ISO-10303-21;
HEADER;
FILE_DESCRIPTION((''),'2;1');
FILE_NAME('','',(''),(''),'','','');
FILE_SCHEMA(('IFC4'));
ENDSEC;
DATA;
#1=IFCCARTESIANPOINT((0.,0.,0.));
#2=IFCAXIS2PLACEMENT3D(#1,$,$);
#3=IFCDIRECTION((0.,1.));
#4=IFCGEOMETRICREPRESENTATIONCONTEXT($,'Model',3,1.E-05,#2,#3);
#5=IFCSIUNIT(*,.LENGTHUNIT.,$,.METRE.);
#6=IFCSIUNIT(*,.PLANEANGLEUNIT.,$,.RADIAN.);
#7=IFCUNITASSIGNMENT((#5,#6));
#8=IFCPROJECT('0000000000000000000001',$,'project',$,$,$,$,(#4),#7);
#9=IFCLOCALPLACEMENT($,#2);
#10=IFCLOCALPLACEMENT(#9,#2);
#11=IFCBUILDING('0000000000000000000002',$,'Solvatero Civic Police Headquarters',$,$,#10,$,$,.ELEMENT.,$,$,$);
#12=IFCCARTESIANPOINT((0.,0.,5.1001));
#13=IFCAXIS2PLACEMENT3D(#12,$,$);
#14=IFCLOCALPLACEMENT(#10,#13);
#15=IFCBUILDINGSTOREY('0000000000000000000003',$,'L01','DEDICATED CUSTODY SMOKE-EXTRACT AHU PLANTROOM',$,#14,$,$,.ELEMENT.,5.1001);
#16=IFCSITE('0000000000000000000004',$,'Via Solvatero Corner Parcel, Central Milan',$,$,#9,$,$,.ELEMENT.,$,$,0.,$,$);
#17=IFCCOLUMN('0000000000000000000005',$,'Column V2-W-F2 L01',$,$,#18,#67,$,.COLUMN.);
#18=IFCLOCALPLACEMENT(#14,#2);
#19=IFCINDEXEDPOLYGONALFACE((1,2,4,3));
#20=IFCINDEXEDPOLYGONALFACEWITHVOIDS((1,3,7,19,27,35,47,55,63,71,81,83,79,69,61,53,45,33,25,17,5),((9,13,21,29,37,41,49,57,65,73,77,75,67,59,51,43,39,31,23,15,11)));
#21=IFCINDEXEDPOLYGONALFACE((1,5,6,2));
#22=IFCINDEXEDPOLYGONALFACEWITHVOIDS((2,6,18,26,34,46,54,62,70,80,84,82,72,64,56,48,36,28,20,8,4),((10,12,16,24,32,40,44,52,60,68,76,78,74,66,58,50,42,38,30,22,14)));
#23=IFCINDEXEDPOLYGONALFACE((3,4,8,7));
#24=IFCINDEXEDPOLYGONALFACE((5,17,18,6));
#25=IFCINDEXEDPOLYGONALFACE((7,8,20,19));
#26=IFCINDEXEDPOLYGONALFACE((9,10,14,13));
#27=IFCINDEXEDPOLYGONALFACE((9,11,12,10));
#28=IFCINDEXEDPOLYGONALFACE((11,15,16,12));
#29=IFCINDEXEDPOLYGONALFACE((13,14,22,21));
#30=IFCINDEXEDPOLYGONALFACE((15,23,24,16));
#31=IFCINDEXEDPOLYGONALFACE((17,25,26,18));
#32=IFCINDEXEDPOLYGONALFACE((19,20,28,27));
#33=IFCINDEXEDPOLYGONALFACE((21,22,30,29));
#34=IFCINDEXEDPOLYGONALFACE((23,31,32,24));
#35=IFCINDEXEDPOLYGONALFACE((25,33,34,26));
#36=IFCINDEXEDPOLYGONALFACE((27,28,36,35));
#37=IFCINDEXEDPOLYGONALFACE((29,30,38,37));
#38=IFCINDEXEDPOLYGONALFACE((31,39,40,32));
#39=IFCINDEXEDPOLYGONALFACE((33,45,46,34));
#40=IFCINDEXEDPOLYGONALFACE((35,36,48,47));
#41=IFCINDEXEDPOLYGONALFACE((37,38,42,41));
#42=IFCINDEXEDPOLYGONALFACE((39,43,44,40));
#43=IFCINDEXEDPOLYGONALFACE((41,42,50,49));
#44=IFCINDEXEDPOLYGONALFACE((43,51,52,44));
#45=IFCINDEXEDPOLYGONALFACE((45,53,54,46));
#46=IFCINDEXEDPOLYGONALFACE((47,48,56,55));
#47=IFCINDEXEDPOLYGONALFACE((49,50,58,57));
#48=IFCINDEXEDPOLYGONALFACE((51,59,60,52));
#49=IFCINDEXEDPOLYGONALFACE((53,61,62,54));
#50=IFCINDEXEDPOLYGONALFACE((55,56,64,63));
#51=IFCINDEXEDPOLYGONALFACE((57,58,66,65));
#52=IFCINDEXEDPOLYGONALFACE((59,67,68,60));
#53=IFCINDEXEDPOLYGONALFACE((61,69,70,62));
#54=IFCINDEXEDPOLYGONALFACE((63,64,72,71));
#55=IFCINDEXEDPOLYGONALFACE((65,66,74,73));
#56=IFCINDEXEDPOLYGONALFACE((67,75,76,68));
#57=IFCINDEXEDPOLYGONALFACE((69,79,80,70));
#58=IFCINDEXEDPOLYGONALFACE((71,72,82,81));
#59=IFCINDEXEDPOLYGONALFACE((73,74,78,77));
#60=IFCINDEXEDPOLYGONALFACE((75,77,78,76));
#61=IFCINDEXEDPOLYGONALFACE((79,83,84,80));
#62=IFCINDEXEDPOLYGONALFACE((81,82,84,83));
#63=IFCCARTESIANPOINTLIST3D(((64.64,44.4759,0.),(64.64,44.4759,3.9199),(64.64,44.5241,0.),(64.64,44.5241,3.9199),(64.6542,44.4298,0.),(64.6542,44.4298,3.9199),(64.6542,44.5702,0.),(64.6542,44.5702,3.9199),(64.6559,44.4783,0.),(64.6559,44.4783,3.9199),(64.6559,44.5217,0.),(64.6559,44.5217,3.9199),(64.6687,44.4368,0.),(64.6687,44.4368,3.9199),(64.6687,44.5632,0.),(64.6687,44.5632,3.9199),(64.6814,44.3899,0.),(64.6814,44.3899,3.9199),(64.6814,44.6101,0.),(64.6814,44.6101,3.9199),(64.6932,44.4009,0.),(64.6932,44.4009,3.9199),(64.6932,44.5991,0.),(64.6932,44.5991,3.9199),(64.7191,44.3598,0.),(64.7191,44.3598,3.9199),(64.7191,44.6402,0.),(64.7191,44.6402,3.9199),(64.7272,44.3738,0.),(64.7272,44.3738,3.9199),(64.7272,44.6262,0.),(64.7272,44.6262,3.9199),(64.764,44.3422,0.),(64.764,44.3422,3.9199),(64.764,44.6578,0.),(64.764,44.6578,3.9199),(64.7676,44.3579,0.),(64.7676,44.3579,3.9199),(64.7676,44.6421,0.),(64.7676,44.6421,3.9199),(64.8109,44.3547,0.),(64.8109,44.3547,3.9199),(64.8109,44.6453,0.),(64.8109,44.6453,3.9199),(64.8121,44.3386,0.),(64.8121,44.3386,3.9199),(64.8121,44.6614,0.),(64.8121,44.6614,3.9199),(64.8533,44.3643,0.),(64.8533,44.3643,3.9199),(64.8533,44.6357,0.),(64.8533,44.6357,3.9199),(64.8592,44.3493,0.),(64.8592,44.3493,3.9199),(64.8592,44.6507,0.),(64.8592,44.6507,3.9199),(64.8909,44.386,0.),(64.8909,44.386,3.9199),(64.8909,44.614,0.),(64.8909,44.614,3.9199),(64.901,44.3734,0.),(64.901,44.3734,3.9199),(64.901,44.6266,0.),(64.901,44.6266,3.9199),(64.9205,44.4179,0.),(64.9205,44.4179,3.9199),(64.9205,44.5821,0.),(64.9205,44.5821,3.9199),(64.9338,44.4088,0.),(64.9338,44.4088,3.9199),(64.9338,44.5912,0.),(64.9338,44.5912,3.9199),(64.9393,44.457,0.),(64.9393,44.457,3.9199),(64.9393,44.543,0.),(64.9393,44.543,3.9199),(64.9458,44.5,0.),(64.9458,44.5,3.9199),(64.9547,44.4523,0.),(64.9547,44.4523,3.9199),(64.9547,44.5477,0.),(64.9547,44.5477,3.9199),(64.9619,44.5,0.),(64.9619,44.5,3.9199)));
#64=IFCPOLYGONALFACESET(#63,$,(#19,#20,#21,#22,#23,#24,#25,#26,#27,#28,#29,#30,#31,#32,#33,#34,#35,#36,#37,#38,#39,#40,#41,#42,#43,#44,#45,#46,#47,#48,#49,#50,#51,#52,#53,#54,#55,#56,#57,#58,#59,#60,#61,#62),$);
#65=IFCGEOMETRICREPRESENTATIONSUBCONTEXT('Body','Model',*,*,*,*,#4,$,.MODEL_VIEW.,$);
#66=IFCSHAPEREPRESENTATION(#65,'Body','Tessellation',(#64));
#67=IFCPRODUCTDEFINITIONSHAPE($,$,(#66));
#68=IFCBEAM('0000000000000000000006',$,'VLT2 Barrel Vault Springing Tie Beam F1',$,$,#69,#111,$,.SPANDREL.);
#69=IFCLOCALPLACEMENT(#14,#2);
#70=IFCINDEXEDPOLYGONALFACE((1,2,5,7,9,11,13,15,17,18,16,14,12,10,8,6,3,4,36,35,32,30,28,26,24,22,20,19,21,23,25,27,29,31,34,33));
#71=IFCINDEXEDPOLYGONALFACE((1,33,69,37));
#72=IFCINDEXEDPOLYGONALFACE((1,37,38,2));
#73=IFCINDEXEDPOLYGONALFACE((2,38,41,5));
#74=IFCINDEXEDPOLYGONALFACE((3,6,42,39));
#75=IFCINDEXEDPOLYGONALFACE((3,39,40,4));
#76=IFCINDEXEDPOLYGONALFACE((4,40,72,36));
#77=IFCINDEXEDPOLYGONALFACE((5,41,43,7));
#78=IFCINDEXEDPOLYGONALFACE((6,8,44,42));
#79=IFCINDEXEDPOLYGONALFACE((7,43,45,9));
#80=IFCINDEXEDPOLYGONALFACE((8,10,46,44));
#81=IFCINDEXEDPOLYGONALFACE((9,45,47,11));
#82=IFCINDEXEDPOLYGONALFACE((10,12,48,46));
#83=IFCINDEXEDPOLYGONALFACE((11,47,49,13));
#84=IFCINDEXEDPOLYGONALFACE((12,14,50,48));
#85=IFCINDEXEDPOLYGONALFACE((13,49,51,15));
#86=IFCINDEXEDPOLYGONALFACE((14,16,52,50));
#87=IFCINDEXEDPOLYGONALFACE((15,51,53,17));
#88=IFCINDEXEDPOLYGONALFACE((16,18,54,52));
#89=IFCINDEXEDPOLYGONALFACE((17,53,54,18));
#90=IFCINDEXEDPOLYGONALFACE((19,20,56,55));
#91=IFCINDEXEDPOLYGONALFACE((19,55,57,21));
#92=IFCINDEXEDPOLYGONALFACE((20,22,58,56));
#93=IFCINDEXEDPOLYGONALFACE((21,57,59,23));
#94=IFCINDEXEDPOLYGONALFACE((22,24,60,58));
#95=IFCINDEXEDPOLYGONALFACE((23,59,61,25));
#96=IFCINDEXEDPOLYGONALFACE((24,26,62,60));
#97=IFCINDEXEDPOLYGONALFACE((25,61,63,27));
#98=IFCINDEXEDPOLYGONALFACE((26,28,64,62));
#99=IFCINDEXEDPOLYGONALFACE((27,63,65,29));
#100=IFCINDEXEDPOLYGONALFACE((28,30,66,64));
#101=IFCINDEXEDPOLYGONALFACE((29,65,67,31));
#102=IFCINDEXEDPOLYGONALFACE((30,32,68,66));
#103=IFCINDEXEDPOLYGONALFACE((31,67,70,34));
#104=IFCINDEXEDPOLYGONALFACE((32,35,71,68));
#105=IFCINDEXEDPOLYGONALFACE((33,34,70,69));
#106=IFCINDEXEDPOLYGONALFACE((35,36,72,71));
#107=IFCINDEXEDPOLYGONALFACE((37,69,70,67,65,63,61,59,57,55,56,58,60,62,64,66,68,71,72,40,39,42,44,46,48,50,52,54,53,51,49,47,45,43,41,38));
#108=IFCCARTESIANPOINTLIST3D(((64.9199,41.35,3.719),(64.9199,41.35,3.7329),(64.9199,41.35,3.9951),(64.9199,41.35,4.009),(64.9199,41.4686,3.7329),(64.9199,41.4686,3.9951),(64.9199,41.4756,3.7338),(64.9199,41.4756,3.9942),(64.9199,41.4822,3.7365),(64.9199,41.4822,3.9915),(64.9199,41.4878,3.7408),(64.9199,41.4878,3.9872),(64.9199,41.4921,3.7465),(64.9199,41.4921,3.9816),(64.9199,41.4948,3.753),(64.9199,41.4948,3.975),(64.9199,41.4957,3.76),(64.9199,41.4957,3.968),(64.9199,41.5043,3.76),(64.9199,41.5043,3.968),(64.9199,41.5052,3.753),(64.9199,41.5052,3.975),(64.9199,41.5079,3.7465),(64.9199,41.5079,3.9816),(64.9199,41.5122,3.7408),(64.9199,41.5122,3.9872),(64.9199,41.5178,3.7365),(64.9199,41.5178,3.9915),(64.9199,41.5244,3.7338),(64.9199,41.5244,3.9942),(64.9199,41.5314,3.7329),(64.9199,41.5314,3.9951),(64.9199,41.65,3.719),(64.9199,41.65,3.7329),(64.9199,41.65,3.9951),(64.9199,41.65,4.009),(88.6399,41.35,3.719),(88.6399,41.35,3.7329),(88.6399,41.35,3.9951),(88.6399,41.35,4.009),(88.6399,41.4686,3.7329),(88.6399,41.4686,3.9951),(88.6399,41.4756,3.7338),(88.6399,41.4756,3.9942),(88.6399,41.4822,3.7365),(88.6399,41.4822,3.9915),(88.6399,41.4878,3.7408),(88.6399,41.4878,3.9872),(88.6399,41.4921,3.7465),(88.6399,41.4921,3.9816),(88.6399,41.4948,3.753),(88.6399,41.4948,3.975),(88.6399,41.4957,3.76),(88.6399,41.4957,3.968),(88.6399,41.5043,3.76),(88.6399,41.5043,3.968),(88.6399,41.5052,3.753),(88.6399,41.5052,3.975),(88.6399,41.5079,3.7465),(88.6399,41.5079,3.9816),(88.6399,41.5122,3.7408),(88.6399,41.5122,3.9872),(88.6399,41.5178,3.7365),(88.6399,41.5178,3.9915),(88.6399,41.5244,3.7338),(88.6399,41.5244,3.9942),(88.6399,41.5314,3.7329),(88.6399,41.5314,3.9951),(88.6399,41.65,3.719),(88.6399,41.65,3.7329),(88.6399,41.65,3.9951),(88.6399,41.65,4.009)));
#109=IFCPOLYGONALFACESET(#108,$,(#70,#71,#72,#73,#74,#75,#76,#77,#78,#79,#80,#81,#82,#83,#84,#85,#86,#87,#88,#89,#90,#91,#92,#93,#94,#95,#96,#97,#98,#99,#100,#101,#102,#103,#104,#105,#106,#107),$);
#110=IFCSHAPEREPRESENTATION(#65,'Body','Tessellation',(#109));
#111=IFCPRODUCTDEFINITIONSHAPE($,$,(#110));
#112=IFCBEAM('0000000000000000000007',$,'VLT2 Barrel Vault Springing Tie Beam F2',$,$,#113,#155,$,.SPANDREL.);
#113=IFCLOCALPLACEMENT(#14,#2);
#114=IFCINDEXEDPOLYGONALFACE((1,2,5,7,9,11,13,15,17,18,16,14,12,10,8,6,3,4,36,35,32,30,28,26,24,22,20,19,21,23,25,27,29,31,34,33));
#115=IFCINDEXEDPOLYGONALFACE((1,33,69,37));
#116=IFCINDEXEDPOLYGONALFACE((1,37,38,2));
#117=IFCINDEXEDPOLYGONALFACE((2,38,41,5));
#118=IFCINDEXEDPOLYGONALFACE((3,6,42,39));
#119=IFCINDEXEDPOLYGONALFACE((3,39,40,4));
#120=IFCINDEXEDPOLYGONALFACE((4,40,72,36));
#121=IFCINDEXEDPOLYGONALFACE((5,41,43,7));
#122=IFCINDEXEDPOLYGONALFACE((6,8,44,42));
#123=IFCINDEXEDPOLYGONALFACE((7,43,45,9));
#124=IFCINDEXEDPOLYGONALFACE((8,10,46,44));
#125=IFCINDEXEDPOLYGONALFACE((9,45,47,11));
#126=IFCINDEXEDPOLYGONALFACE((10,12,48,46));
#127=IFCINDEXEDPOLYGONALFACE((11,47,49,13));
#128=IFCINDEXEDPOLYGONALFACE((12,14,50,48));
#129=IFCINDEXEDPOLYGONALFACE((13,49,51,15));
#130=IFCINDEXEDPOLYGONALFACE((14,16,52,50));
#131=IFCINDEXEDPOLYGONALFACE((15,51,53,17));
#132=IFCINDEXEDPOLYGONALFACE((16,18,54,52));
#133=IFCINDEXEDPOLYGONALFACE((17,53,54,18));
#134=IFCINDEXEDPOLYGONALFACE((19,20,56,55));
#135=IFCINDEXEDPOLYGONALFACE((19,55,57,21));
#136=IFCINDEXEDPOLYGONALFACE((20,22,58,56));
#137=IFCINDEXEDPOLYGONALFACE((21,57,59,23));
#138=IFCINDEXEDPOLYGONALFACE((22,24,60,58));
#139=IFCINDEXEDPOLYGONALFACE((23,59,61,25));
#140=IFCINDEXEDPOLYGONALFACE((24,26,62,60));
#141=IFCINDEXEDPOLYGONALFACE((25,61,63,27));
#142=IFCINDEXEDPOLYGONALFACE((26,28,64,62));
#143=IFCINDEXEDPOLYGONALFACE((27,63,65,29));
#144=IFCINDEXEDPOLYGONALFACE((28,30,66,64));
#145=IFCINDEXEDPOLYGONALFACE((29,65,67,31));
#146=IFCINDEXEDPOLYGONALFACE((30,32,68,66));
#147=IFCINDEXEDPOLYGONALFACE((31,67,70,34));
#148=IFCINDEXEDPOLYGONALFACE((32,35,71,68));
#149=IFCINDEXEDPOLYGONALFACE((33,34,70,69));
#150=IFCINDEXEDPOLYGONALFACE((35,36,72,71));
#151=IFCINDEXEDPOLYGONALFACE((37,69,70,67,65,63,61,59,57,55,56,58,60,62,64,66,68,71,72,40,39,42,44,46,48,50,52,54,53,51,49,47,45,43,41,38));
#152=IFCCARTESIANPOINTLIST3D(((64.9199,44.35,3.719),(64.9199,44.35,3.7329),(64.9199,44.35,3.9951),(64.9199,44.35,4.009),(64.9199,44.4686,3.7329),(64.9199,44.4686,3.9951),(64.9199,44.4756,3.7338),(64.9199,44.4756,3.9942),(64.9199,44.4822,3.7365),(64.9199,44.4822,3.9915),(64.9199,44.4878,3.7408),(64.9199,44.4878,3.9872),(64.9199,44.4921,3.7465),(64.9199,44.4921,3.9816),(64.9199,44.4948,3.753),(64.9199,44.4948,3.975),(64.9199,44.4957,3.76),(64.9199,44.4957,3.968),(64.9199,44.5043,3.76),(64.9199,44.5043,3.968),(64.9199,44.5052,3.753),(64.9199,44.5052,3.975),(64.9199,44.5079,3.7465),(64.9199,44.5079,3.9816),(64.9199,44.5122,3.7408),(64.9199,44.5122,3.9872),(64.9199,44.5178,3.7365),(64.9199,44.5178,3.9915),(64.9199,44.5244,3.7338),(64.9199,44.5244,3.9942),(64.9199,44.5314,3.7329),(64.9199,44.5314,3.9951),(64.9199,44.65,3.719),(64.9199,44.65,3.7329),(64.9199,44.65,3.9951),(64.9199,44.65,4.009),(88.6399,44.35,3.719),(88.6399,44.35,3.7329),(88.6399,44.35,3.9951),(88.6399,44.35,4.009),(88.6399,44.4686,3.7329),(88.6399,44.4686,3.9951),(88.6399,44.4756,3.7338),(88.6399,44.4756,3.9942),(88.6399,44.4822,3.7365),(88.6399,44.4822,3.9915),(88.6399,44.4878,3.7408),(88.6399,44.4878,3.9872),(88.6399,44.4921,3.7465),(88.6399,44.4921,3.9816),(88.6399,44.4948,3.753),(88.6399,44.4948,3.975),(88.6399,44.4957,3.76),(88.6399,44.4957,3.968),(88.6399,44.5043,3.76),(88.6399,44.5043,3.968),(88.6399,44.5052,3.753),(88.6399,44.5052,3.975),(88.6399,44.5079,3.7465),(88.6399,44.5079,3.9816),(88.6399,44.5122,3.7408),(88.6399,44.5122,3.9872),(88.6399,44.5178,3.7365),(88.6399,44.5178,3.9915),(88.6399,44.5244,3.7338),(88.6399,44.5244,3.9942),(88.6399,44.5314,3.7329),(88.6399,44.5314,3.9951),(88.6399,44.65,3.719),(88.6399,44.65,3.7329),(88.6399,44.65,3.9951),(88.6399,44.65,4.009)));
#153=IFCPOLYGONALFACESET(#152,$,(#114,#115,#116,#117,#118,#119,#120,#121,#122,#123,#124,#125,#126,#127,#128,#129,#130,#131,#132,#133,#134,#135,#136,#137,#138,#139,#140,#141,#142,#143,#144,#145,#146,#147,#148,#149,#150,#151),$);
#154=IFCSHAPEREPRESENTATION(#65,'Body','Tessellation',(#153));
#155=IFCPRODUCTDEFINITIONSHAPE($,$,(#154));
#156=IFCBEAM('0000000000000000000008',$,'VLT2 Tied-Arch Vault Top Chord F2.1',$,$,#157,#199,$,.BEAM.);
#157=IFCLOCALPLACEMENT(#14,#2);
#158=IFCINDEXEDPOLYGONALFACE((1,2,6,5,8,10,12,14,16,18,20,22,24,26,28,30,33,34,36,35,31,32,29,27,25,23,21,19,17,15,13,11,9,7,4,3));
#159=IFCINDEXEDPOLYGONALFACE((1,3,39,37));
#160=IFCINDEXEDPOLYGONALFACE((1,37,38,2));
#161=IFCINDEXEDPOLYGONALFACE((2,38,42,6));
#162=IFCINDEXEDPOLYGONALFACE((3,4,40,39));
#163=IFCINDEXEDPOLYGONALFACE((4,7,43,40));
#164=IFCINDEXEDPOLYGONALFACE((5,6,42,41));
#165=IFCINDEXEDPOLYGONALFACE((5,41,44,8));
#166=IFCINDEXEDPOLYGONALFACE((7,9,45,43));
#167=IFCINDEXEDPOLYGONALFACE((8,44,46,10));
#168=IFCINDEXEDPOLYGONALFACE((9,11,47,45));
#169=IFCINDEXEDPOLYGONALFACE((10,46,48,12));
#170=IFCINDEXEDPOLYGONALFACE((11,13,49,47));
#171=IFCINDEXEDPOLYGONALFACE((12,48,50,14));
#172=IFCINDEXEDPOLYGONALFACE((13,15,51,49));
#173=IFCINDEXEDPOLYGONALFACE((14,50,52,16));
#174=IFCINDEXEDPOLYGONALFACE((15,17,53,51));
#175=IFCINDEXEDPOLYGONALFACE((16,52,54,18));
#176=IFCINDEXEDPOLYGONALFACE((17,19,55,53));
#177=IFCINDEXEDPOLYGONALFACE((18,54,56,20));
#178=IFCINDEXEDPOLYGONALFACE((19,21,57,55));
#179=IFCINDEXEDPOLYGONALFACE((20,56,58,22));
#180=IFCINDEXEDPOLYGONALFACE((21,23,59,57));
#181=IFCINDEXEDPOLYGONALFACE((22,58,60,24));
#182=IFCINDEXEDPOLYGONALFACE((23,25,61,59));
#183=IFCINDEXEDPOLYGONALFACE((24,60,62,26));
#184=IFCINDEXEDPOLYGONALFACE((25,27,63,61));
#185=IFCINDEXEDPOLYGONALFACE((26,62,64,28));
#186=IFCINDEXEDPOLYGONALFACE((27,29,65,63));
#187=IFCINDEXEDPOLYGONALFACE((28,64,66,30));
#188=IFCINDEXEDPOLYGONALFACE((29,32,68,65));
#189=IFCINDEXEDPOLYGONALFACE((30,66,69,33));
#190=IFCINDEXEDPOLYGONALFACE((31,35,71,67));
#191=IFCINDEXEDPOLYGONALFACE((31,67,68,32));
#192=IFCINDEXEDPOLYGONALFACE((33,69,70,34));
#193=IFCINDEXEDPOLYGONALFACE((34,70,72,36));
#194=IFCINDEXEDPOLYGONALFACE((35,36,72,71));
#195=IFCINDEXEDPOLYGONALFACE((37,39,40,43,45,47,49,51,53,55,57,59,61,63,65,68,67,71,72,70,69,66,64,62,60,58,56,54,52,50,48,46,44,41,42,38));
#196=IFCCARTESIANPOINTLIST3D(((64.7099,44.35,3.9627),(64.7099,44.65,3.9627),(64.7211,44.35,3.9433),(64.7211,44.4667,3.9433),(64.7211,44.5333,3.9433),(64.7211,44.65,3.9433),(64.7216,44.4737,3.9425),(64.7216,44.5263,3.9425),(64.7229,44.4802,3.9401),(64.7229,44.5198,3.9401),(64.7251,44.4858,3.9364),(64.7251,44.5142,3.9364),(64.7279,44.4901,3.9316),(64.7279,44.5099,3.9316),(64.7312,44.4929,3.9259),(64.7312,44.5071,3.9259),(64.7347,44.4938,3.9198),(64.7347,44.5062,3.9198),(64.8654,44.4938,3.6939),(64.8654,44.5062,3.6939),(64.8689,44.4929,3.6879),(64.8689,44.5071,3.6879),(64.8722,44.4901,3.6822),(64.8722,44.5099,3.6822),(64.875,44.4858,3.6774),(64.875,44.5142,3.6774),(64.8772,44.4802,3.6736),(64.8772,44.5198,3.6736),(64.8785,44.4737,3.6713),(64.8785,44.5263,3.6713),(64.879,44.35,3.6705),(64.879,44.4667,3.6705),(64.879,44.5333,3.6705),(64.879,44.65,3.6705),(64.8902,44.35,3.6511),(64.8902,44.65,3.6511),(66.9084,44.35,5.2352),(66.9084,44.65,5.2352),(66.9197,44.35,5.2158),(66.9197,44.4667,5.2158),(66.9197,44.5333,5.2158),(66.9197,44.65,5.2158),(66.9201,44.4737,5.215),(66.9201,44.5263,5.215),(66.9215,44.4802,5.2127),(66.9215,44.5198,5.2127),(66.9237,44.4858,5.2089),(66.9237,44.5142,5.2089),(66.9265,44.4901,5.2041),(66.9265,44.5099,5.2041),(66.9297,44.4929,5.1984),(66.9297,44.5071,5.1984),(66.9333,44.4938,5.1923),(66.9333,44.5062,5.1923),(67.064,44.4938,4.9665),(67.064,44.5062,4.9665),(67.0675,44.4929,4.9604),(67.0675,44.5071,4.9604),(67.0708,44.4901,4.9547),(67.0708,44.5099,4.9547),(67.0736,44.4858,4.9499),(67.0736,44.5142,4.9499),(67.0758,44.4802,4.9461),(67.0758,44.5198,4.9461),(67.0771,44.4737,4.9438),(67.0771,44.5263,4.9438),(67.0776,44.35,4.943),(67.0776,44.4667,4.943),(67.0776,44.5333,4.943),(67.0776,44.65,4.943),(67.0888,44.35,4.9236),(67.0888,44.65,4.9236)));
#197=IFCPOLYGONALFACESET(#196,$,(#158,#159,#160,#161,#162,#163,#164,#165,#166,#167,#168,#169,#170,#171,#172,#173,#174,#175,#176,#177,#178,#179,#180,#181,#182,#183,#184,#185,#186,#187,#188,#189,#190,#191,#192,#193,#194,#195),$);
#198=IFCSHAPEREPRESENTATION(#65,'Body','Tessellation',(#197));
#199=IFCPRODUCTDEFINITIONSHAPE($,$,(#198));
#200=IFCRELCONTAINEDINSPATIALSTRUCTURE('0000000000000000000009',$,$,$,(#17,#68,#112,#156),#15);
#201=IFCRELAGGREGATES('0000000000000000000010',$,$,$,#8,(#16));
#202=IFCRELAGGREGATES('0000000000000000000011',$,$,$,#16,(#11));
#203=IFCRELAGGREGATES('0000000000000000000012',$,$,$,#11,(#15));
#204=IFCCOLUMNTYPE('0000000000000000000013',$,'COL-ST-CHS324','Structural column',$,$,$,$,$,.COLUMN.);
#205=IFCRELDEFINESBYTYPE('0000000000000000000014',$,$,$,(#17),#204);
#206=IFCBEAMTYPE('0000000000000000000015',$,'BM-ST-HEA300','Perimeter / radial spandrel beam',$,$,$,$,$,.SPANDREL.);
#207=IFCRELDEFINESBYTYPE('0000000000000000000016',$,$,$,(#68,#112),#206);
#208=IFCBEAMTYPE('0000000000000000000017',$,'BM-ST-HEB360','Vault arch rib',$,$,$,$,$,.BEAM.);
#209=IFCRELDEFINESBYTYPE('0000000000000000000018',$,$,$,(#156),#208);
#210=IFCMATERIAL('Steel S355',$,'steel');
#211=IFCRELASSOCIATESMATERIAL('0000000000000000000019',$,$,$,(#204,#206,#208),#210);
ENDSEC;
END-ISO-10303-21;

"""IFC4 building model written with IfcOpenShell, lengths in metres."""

from ifc_helpers import new_model, si_unit, direction, frame, origin, origin_2d, place, context, subcontext, project, spatial, hollow_circle, i_section, extrude, material, material_profile, profile_set, type_object, element, save


model = new_model("IFC4")

# Units and contexts
model_context = context("Model", 3, precision=1e-05, world=origin(), true_north=direction((0.0, 1.0)))
body_context = subcontext(model_context, "Body", "Model", "MODEL_VIEW")
ifc_project = project(units=[si_unit("LENGTHUNIT", "METRE"), si_unit("PLANEANGLEUNIT", "RADIAN")], contexts=[model_context])

# Site, building, storey
site_placement = place(None, origin())
site = spatial("IfcSite", under=ifc_project, at=site_placement, Name="Via Solvatero Corner Parcel, Central Milan", CompositionType="ELEMENT", RefElevation=0.0)
building_placement = place(site_placement, origin())
building = spatial("IfcBuilding", under=site, at=building_placement, Name="Solvatero Civic Police Headquarters", CompositionType="ELEMENT")
storey_placement = place(building_placement, frame((0.0, 0.0, 5.1001)))
storey = spatial("IfcBuildingStorey", under=building, at=storey_placement, Name="L01", Description="DEDICATED CUSTODY SMOKE-EXTRACT AHU PLANTROOM", CompositionType="ELEMENT", Elevation=5.1001)

# Column
ifc_material_1 = material(Name="Steel S355", Category="steel")
ifc_material_profile_1 = material_profile(ifc_material_1, hollow_circle(Radius=0.1619, WallThickness=0.0161, at=origin_2d()), Name="CHS 323.9x16.0")
ifc_profile_set_1 = profile_set([ifc_material_profile_1], Name="Steel S355")
column_type = type_object("IfcColumnType", Name="COL-ST-CHS324", Description="Structural column", PredefinedType="COLUMN", material=ifc_profile_set_1)
column_placement = place(storey_placement, frame((64.8, 44.5, 0.0), z_axis=(0.0, 0.0, 1.0), x_axis=(1.0, 0.0, 0.0)))
element("IfcColumn", 1, at=column_placement, inside=storey, type_object=column_type, Name="Column V2-W-F2 L01", PredefinedType="COLUMN", context=body_context, shape_type="SweptSolid", body=[
    extrude(hollow_circle(Radius=0.1619, WallThickness=0.0161, at=origin_2d()), origin(), (0.0, 0.0, 1.0), 3.9199),
])

# Beams
ifc_material_profile_2 = material_profile(ifc_material_1, i_section(OverallWidth=0.3, OverallDepth=0.29, WebThickness=0.0085, FlangeThickness=0.0139, FilletRadius=0.0271, at=origin_2d()), Name="HEA 300")
ifc_profile_set_2 = profile_set([ifc_material_profile_2], Name="Steel S355")
beam_type_1 = type_object("IfcBeamType", Name="BM-ST-HEA300", Description="Perimeter / radial spandrel beam", PredefinedType="SPANDREL", material=ifc_profile_set_2)
for number, where, z_axis, x_axis, name in (
    (2, (64.9199, 41.5, 3.864), (1.0, 0.0, 0.0), (0.0, 1.0, 0.0), "VLT2 Barrel Vault Springing Tie Beam F1"),
    (3, (64.9199, 44.5, 3.864), (1.0, 0.0, 0.0), (0.0, 1.0, 0.0), "VLT2 Barrel Vault Springing Tie Beam F2"),
):
    element("IfcBeam", number, at=place(storey_placement, frame(where, z_axis=z_axis, x_axis=x_axis)), inside=storey, type_object=beam_type_1, Name=name, PredefinedType="SPANDREL", context=body_context, shape_type="SweptSolid", body=[
        extrude(i_section(OverallWidth=0.3, OverallDepth=0.29, WebThickness=0.0085, FlangeThickness=0.0139, FilletRadius=0.0271, at=origin_2d()), origin(), (0.0, 0.0, 1.0), 23.72),
    ])
ifc_material_profile_3 = material_profile(ifc_material_1, i_section(OverallWidth=0.3, OverallDepth=0.3601, WebThickness=0.0125, FlangeThickness=0.0225, FilletRadius=0.0271, at=origin_2d()), Name="HEB 360")
ifc_profile_set_3 = profile_set([ifc_material_profile_3], Name="Steel S355")
beam_type_2 = type_object("IfcBeamType", Name="BM-ST-HEB360", Description="Vault arch rib", PredefinedType="BEAM", material=ifc_profile_set_3)
beam_placement = place(storey_placement, frame((64.8, 44.5, 3.8069), z_axis=(0.865486, 0.0, 0.500934), x_axis=(0.0, 1.0, 0.0)))
element("IfcBeam", 4, at=beam_placement, inside=storey, type_object=beam_type_2, Name="VLT2 Tied-Arch Vault Top Chord F2.1", PredefinedType="BEAM", context=body_context, shape_type="SweptSolid", body=[
    extrude(i_section(OverallWidth=0.3, OverallDepth=0.3601, WebThickness=0.0125, FlangeThickness=0.0225, FilletRadius=0.0271, at=origin_2d()), origin(), (0.0, 0.0, 1.0), 2.5403),
])

save(model, "model.ifc")
